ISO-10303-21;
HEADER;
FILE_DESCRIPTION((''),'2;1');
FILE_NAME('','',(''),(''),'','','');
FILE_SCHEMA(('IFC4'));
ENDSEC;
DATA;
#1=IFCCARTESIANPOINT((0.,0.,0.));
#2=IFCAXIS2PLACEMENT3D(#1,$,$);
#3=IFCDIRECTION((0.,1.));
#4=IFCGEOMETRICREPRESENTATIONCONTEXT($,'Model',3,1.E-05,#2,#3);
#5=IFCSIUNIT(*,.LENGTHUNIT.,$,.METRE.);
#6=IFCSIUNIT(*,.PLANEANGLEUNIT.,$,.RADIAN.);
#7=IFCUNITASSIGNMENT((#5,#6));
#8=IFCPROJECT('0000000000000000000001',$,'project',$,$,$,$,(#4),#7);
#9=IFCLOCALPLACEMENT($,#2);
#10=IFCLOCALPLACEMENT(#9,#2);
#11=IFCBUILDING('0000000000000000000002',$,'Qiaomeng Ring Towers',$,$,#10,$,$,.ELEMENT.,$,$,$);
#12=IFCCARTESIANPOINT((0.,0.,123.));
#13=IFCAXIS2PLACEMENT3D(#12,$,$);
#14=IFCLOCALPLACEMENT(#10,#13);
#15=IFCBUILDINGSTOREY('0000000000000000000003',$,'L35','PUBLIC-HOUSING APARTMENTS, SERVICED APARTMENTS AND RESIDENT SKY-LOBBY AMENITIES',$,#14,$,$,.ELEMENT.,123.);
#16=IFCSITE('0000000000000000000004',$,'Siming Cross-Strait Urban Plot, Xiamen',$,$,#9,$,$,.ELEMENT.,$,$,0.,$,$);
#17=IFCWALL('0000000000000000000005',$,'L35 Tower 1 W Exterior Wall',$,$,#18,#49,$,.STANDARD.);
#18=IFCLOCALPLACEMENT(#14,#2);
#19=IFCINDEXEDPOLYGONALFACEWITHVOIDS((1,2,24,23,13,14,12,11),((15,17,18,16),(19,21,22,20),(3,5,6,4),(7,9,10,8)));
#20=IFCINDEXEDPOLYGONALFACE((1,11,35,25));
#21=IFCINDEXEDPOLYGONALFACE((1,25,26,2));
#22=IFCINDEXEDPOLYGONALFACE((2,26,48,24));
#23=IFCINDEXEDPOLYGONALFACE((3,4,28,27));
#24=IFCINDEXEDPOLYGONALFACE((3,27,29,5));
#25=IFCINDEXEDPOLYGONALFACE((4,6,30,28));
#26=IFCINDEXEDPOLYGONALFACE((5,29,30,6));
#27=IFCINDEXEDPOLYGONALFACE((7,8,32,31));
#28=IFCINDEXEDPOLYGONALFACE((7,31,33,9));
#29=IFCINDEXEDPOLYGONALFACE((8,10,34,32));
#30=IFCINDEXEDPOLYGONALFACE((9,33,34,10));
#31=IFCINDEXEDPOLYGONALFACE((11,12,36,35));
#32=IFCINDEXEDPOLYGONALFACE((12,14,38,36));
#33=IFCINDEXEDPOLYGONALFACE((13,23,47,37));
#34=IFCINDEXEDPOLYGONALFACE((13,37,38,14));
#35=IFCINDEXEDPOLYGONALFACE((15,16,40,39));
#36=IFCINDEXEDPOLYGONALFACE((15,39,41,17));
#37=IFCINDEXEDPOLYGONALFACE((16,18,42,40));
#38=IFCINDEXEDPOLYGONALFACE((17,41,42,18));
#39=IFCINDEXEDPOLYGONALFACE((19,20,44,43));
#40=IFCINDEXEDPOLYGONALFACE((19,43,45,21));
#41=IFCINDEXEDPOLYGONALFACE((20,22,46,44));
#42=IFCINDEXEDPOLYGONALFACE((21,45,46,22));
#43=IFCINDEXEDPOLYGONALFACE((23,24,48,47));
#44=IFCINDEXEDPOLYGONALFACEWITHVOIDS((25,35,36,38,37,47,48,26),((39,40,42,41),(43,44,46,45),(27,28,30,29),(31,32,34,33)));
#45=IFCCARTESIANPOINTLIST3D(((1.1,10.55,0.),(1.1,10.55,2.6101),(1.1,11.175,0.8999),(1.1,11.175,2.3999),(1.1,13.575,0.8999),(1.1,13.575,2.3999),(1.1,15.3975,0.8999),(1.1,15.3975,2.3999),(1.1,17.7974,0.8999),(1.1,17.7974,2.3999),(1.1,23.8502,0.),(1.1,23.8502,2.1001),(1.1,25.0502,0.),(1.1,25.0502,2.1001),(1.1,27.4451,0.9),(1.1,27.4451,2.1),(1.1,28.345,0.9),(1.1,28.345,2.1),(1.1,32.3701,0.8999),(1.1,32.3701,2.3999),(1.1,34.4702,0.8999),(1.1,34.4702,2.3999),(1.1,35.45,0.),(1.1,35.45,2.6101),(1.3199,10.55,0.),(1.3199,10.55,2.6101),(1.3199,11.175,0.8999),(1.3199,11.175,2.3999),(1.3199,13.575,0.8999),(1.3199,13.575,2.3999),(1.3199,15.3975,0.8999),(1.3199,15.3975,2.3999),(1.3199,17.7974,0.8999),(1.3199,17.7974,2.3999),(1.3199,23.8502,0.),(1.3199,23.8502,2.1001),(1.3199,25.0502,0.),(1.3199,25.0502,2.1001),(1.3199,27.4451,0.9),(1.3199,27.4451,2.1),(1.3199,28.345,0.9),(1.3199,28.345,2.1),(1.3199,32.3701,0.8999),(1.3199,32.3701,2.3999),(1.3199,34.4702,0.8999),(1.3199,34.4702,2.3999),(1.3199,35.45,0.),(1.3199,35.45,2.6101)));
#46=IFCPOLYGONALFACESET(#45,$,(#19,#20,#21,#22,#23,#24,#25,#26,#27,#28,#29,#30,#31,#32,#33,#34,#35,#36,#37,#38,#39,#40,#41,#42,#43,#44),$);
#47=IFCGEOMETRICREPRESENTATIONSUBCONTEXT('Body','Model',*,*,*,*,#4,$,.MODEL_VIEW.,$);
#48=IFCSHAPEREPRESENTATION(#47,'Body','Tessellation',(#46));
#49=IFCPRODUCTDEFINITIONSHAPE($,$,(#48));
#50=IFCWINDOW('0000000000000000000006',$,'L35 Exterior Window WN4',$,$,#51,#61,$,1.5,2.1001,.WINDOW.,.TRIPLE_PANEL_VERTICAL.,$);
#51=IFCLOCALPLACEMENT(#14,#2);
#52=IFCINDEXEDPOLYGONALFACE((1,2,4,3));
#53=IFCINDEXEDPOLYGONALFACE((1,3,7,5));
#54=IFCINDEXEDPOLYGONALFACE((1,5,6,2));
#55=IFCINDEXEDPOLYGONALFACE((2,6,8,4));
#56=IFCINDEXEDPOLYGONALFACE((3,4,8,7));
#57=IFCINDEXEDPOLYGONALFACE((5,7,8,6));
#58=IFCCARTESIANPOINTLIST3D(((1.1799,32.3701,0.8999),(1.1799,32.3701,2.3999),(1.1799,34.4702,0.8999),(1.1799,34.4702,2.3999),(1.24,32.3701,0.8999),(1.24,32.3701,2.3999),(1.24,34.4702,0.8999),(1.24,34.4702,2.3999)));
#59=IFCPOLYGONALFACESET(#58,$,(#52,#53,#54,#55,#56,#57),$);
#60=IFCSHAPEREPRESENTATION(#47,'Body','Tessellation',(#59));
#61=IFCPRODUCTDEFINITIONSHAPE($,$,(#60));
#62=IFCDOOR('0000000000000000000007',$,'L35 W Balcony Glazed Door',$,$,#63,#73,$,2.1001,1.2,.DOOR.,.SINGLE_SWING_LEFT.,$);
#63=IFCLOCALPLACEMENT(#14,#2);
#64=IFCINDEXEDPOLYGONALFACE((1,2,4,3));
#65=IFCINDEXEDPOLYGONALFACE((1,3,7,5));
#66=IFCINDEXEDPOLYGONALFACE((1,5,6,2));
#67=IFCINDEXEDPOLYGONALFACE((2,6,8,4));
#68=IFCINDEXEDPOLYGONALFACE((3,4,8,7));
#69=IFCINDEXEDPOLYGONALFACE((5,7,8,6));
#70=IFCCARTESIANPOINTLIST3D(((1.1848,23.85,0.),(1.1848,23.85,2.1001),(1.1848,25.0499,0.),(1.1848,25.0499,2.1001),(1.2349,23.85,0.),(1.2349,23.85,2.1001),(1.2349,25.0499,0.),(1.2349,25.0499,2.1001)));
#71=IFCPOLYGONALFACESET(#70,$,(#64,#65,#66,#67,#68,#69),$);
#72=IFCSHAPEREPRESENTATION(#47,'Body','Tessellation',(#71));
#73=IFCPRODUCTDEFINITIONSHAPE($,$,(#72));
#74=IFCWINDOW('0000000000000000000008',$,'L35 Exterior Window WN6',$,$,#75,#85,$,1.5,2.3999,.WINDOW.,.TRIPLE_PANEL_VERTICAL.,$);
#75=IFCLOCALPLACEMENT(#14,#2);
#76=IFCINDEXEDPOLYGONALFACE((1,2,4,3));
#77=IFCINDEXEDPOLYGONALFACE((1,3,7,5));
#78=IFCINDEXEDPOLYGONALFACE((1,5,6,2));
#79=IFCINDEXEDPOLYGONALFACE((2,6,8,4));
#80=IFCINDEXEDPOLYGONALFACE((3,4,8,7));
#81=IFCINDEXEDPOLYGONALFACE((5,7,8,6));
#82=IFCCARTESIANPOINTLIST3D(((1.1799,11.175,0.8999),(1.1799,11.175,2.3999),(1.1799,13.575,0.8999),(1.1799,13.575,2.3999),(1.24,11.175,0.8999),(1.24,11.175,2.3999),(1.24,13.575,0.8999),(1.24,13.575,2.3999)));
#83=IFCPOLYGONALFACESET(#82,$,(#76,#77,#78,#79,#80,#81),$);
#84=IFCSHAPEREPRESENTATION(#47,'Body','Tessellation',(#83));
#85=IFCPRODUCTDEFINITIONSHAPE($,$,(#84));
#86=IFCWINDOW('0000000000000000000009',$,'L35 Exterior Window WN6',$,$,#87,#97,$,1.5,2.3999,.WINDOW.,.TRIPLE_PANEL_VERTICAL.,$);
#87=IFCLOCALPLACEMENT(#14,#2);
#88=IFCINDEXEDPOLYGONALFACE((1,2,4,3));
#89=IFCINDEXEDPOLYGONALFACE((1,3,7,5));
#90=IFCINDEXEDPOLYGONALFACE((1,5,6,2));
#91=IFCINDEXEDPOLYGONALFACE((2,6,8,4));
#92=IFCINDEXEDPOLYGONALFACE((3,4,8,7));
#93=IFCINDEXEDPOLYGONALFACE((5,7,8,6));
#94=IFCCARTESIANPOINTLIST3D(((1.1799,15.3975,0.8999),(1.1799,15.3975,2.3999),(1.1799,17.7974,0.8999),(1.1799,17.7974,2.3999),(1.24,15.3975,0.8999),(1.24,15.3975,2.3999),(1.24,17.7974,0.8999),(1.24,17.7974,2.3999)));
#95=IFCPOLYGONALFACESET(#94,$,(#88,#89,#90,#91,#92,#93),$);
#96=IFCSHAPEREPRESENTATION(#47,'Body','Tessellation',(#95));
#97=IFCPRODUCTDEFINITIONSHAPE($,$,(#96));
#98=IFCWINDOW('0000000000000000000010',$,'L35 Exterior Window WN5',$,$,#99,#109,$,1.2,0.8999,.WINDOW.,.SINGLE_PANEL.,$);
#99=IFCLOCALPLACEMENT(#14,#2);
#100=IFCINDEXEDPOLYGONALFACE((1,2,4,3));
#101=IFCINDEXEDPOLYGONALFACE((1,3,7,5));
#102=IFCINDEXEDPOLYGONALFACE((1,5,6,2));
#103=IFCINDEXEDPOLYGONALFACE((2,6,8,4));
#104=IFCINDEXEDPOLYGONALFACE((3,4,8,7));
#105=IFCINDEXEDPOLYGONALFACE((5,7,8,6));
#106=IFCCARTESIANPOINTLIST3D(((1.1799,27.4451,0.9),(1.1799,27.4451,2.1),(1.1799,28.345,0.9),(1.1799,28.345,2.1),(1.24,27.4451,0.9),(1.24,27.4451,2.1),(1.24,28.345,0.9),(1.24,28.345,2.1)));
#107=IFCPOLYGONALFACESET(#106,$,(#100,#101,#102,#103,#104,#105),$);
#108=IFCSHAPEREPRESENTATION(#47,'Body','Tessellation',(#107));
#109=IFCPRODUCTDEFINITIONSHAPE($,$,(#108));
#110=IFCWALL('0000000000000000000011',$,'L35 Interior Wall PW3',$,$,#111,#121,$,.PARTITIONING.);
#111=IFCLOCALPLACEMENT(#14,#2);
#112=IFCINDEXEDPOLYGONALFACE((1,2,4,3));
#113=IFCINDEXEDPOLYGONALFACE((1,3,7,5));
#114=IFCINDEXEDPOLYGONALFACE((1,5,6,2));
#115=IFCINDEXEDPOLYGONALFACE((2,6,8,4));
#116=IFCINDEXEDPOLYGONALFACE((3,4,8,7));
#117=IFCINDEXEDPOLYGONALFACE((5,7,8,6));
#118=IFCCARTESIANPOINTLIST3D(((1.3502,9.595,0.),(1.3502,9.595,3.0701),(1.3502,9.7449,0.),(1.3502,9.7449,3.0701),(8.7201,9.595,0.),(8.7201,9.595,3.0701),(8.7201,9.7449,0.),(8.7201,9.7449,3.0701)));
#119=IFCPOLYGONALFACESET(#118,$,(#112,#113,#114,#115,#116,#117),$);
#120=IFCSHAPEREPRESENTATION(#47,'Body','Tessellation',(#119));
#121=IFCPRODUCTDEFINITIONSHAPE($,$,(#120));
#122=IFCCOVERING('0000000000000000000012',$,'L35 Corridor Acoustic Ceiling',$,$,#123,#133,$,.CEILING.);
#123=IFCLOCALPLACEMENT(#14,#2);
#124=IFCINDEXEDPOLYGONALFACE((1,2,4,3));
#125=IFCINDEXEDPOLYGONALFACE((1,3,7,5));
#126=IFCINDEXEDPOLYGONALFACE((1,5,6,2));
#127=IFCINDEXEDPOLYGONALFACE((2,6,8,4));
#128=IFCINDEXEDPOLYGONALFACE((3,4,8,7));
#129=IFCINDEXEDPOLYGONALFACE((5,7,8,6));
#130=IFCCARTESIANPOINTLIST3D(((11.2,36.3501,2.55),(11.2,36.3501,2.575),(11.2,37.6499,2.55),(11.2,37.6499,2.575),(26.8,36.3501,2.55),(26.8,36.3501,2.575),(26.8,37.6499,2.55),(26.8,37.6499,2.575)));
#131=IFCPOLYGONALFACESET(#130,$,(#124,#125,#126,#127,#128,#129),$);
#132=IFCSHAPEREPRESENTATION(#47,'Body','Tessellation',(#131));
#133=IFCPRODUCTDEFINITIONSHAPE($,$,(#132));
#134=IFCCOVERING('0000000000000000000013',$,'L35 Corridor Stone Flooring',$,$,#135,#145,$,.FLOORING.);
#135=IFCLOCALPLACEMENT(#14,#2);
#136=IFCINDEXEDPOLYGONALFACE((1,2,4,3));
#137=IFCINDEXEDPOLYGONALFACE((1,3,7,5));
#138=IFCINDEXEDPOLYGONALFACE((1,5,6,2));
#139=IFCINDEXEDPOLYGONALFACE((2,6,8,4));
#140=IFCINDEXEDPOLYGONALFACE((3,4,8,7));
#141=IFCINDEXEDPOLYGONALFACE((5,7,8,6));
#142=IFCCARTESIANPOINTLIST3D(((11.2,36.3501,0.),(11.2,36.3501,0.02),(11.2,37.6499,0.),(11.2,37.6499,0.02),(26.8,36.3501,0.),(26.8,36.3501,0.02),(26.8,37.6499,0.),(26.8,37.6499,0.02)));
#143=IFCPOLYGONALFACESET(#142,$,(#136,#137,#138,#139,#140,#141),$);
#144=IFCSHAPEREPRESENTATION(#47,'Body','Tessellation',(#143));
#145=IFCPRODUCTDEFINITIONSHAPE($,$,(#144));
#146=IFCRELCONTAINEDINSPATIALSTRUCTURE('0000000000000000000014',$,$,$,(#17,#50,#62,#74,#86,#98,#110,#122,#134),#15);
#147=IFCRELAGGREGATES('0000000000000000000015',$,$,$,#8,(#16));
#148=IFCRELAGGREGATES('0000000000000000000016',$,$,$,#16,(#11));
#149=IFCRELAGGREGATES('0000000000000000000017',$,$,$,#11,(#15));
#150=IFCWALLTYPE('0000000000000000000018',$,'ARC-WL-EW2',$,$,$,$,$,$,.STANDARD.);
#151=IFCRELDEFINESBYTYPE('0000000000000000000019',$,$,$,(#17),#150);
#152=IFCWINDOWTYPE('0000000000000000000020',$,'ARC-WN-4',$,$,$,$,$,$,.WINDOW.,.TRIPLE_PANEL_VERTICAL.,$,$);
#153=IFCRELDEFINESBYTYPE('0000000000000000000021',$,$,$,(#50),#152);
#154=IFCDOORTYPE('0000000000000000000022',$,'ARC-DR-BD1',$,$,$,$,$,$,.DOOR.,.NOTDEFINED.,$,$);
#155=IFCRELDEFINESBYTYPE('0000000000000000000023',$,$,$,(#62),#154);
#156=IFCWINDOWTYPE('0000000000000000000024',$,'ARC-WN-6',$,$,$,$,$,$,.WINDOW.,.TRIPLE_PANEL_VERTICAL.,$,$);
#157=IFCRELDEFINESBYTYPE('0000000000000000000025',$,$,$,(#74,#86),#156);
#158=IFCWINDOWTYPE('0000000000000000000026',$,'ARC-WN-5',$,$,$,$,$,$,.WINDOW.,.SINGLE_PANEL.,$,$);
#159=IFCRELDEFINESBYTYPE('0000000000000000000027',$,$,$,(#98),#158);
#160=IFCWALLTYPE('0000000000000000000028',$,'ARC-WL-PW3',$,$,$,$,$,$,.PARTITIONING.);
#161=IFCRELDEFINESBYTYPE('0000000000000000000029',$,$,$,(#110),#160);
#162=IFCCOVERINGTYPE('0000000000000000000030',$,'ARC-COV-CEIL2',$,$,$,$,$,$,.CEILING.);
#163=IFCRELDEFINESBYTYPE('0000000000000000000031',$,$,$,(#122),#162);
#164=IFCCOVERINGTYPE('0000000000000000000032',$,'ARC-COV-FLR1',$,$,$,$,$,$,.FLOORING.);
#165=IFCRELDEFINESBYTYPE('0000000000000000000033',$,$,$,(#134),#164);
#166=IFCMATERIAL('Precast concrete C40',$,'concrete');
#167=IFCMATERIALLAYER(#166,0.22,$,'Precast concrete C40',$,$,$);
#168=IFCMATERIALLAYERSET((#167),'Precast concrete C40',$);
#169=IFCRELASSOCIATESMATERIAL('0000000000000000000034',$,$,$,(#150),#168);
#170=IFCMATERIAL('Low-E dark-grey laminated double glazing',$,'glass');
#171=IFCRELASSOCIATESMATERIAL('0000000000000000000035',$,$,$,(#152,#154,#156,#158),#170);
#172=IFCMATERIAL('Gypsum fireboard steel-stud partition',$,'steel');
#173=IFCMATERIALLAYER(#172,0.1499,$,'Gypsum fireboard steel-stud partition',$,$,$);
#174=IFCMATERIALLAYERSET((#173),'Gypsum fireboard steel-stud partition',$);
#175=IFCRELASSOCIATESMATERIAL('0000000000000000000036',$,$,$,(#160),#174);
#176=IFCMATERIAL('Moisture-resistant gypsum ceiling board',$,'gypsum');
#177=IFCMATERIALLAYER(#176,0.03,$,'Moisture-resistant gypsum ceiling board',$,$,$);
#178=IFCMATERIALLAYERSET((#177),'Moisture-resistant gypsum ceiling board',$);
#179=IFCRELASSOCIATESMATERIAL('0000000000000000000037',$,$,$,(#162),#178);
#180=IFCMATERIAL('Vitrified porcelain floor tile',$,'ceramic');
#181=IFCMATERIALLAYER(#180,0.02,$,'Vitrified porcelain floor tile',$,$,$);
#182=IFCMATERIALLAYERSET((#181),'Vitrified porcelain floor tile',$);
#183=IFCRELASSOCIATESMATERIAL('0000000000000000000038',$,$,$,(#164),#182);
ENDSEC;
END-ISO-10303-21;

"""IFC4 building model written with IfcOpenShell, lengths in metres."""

from ifc_helpers import new_model, si_unit, direction, frame, frame_2d, origin, place, context, subcontext, project, spatial, polyline, rectangle, outline, extrude, source, transform, mapped, material, layer, layer_set, type_object, element, fill, save


model = new_model("IFC4")

# Units and contexts
model_context = context("Model", 3, precision=1e-05, world=origin(), true_north=direction((0.0, 1.0)))
body_context = subcontext(model_context, "Body", "Model", "MODEL_VIEW")
ifc_project = project(units=[si_unit("LENGTHUNIT", "METRE"), si_unit("PLANEANGLEUNIT", "RADIAN")], contexts=[model_context])

# Site, building, storey
site_placement = place(None, origin())
site = spatial("IfcSite", under=ifc_project, at=site_placement, Name="Siming Cross-Strait Urban Plot, Xiamen", CompositionType="ELEMENT", RefElevation=0.0)
building_placement = place(site_placement, origin())
building = spatial("IfcBuilding", under=site, at=building_placement, Name="Qiaomeng Ring Towers", CompositionType="ELEMENT")
storey_placement = place(building_placement, frame((0.0, 0.0, 123.0)))
storey = spatial("IfcBuildingStorey", under=building, at=storey_placement, Name="L35", Description="PUBLIC-HOUSING APARTMENTS, SERVICED APARTMENTS AND RESIDENT SKY-LOBBY AMENITIES", CompositionType="ELEMENT", Elevation=123.0)

# Shared definitions
ifc_material_1 = material(Name="Precast concrete C40", Category="concrete")

# Wall, openings, windows, door
ifc_layer_1 = layer(ifc_material_1, 0.22, Name="Precast concrete C40")
ifc_layer_set_1 = layer_set([ifc_layer_1], Name="Precast concrete C40")
wall_type_1 = type_object("IfcWallType", Name="ARC-WL-EW2", PredefinedType="STANDARD", material=ifc_layer_set_1)
wall_1_placement = place(storey_placement, frame((1.21, 10.55, 0.0), z_axis=(0.0, 0.0, 1.0), x_axis=(0.0, 1.0, 0.0)))
wall_1 = element("IfcWall", 1, at=wall_1_placement, inside=storey, type_object=wall_type_1, Name="L35 Tower 1 W Exterior Wall", PredefinedType="STANDARD", context=body_context, shape_type="SweptSolid", body=[
    extrude(rectangle(XDim=24.8999, YDim=0.22, at=frame_2d((12.45, 0.0))), origin(), (0.0, 0.0, 1.0), 2.6101),
])
opening_1_placement = place(wall_1_placement, frame((13.3, 0.0, 0.0)))
opening_1 = element("IfcOpeningElement", 2, at=opening_1_placement, cuts=wall_1, PredefinedType="OPENING", context=body_context, shape_type="SweptSolid", body=[
    extrude(rectangle(XDim=1.2, YDim=2.1001, at=frame_2d((0.6001, 1.05))), frame((0.0, 0.1199, 0.0), z_axis=(0.0, -1.0, 0.0), x_axis=(1.0, 0.0, 0.0)), (0.0, 0.0, 1.0), 0.24),
])
opening_2_placement = place(wall_1_placement, frame((0.625, 0.0, 0.8999)))
opening_2 = element("IfcOpeningElement", 3, at=opening_2_placement, cuts=wall_1, PredefinedType="OPENING", context=body_context, shape_type="SweptSolid", body=[
    extrude(rectangle(XDim=2.3999, YDim=1.5, at=frame_2d((1.2, 0.75))), frame((0.0, 0.1199, 0.0), z_axis=(0.0, -1.0, 0.0), x_axis=(1.0, 0.0, 0.0)), (0.0, 0.0, 1.0), 0.24),
])
opening_3_placement = place(wall_1_placement, frame((21.8201, 0.0, 0.8999)))
opening_3 = element("IfcOpeningElement", 4, at=opening_3_placement, cuts=wall_1, PredefinedType="OPENING", context=body_context, shape_type="SweptSolid", body=[
    extrude(rectangle(XDim=2.1001, YDim=1.5, at=frame_2d((1.05, 0.75))), frame((0.0, 0.1199, 0.0), z_axis=(0.0, -1.0, 0.0), x_axis=(1.0, 0.0, 0.0)), (0.0, 0.0, 1.0), 0.24),
])
opening_4_placement = place(wall_1_placement, frame((4.8474, 0.0, 0.8999)))
opening_4 = element("IfcOpeningElement", 5, at=opening_4_placement, cuts=wall_1, PredefinedType="OPENING", context=body_context, shape_type="SweptSolid", body=[
    extrude(rectangle(XDim=2.3999, YDim=1.5, at=frame_2d((1.2, 0.75))), frame((0.0, 0.1199, 0.0), z_axis=(0.0, -1.0, 0.0), x_axis=(1.0, 0.0, 0.0)), (0.0, 0.0, 1.0), 0.24),
])
opening_5_placement = place(wall_1_placement, frame((16.895, 0.0, 0.8999)))
opening_5 = element("IfcOpeningElement", 6, at=opening_5_placement, cuts=wall_1, PredefinedType="OPENING", context=body_context, shape_type="SweptSolid", body=[
    extrude(rectangle(XDim=0.8999, YDim=1.2, at=frame_2d((0.45, 0.6001))), frame((0.0, 0.1199, 0.0), z_axis=(0.0, -1.0, 0.0), x_axis=(1.0, 0.0, 0.0)), (0.0, 0.0, 1.0), 0.24),
])
ifc_material_2 = material(Name="Low-E dark-grey laminated double glazing", Category="glass")
window_type_1 = type_object("IfcWindowType", Name="ARC-WN-4", PartitioningType="TRIPLE_PANEL_VERTICAL", PredefinedType="WINDOW", material=ifc_material_2)
shared_shape_1 = source(origin(), body_context, "Body", "SweptSolid", [
    extrude(rectangle(XDim=2.1001, YDim=1.5, at=frame_2d((1.05, 0.75))), frame((0.0, 0.03, 0.0), z_axis=(0.0, -1.0, 0.0), x_axis=(1.0, 0.0, 0.0)), (0.0, 0.0, 1.0), 0.0601),
])
window_1_placement = place(opening_3_placement, origin())
window_1 = element("IfcWindow", 7, at=window_1_placement, inside=storey, type_object=window_type_1, Name="L35 Exterior Window WN4", OverallHeight=1.5, OverallWidth=2.1001, PartitioningType="TRIPLE_PANEL_VERTICAL", PredefinedType="WINDOW", context=body_context, shape_type="MappedRepresentation", body=[
    mapped(shared_shape_1, transform((0.0, 0.0, 0.0), x_axis=(1.0, 0.0, 0.0), y_axis=(0.0, 1.0, 0.0), z_axis=(0.0, 0.0, 1.0), scale=1.0)),
])
fill(opening_3, window_1)
door_type = type_object("IfcDoorType", Name="ARC-DR-BD1", OperationType="NOTDEFINED", PredefinedType="DOOR", material=ifc_material_2)
shared_shape_2 = source(origin(), body_context, "Body", "SweptSolid", [
    extrude(rectangle(XDim=1.2, YDim=2.1001, at=frame_2d((0.6001, 1.05))), frame((0.0, 0.0249, 0.0), z_axis=(0.0, -1.0, 0.0), x_axis=(1.0, 0.0, 0.0)), (0.0, 0.0, 1.0), 0.05),
])
door_placement = place(opening_1_placement, frame((1.2, 0.0, 0.0), z_axis=(0.0, 0.0, 1.0), x_axis=(-1.0, 0.0, 0.0)))
door = element("IfcDoor", 8, at=door_placement, inside=storey, type_object=door_type, Name="L35 W Balcony Glazed Door", OperationType="SINGLE_SWING_LEFT", OverallHeight=2.1001, OverallWidth=1.2, PredefinedType="DOOR", context=body_context, shape_type="MappedRepresentation", body=[
    mapped(shared_shape_2, transform((0.0, 0.0, 0.0), x_axis=(1.0, 0.0, 0.0), y_axis=(0.0, 1.0, 0.0), z_axis=(0.0, 0.0, 1.0), scale=1.0)),
])
fill(opening_1, door)
window_type_2 = type_object("IfcWindowType", Name="ARC-WN-6", PartitioningType="TRIPLE_PANEL_VERTICAL", PredefinedType="WINDOW", material=ifc_material_2)
shared_shape_3 = source(origin(), body_context, "Body", "SweptSolid", [
    extrude(rectangle(XDim=2.3999, YDim=1.5, at=frame_2d((1.2, 0.75))), frame((0.0, 0.03, 0.0), z_axis=(0.0, -1.0, 0.0), x_axis=(1.0, 0.0, 0.0)), (0.0, 0.0, 1.0), 0.0601),
])
window_2_placement = place(opening_2_placement, origin())
window_2 = element("IfcWindow", 9, at=window_2_placement, inside=storey, type_object=window_type_2, Name="L35 Exterior Window WN6", OverallHeight=1.5, OverallWidth=2.3999, PartitioningType="TRIPLE_PANEL_VERTICAL", PredefinedType="WINDOW", context=body_context, shape_type="MappedRepresentation", body=[
    mapped(shared_shape_3, transform((0.0, 0.0, 0.0), x_axis=(1.0, 0.0, 0.0), y_axis=(0.0, 1.0, 0.0), z_axis=(0.0, 0.0, 1.0), scale=1.0)),
])
fill(opening_2, window_2)
window_3_placement = place(opening_4_placement, origin())
window_3 = element("IfcWindow", 10, at=window_3_placement, inside=storey, type_object=window_type_2, Name="L35 Exterior Window WN6", OverallHeight=1.5, OverallWidth=2.3999, PartitioningType="TRIPLE_PANEL_VERTICAL", PredefinedType="WINDOW", context=body_context, shape_type="MappedRepresentation", body=[
    mapped(shared_shape_3, transform((0.0, 0.0, 0.0), x_axis=(1.0, 0.0, 0.0), y_axis=(0.0, 1.0, 0.0), z_axis=(0.0, 0.0, 1.0), scale=1.0)),
])
fill(opening_4, window_3)
window_type_3 = type_object("IfcWindowType", Name="ARC-WN-5", PartitioningType="SINGLE_PANEL", PredefinedType="WINDOW", material=ifc_material_2)
shared_shape_4 = source(origin(), body_context, "Body", "SweptSolid", [
    extrude(rectangle(XDim=0.8999, YDim=1.2, at=frame_2d((0.45, 0.6001))), frame((0.0, 0.03, 0.0), z_axis=(0.0, -1.0, 0.0), x_axis=(1.0, 0.0, 0.0)), (0.0, 0.0, 1.0), 0.0601),
])
window_4_placement = place(opening_5_placement, origin())
window_4 = element("IfcWindow", 11, at=window_4_placement, inside=storey, type_object=window_type_3, Name="L35 Exterior Window WN5", OverallHeight=1.2, OverallWidth=0.8999, PartitioningType="SINGLE_PANEL", PredefinedType="WINDOW", context=body_context, shape_type="MappedRepresentation", body=[
    mapped(shared_shape_4, transform((0.0, 0.0, 0.0), x_axis=(1.0, 0.0, 0.0), y_axis=(0.0, 1.0, 0.0), z_axis=(0.0, 0.0, 1.0), scale=1.0)),
])
fill(opening_5, window_4)

# Wall
ifc_material_3 = material(Name="Gypsum fireboard steel-stud partition", Category="steel")
ifc_layer_2 = layer(ifc_material_3, 0.1499, Name="Gypsum fireboard steel-stud partition")
ifc_layer_set_2 = layer_set([ifc_layer_2], Name="Gypsum fireboard steel-stud partition")
wall_type_2 = type_object("IfcWallType", Name="ARC-WL-PW3", PredefinedType="PARTITIONING", material=ifc_layer_set_2)
wall_2_placement = place(storey_placement, frame((1.3501, 9.6699, 0.0), z_axis=(0.0, 0.0, 1.0), x_axis=(1.0, 0.0, 0.0)))
element("IfcWall", 12, at=wall_2_placement, inside=storey, type_object=wall_type_2, Name="L35 Interior Wall PW3", PredefinedType="PARTITIONING", context=body_context, shape_type="SweptSolid", body=[
    extrude(rectangle(XDim=7.3699, YDim=0.1499, at=frame_2d((3.6851, 0.0))), origin(), (0.0, 0.0, 1.0), 3.0701),
])

# Coverings
ifc_material_4 = material(Name="Moisture-resistant gypsum ceiling board", Category="gypsum")
ifc_layer_3 = layer(ifc_material_4, 0.03, Name="Moisture-resistant gypsum ceiling board")
ifc_layer_set_3 = layer_set([ifc_layer_3], Name="Moisture-resistant gypsum ceiling board")
covering_type_1 = type_object("IfcCoveringType", Name="ARC-COV-CEIL2", PredefinedType="CEILING", material=ifc_layer_set_3)
covering_1_placement = place(storey_placement, frame((0.0, 0.0, 2.55)))
element("IfcCovering", 13, at=covering_1_placement, inside=storey, type_object=covering_type_1, Name="L35 Corridor Acoustic Ceiling", PredefinedType="CEILING", context=body_context, shape_type="SweptSolid", body=[
    extrude(outline(polyline([(11.2, 36.3501), (11.2, 37.6499), (26.8, 37.6499), (26.8, 36.3501), (11.2, 36.3501)])), origin(), (0.0, 0.0, 1.0), 0.0249),
])
ifc_material_5 = material(Name="Vitrified porcelain floor tile", Category="ceramic")
ifc_layer_4 = layer(ifc_material_5, 0.02, Name="Vitrified porcelain floor tile")
ifc_layer_set_4 = layer_set([ifc_layer_4], Name="Vitrified porcelain floor tile")
covering_type_2 = type_object("IfcCoveringType", Name="ARC-COV-FLR1", PredefinedType="FLOORING", material=ifc_layer_set_4)
covering_2_placement = place(storey_placement, origin())
element("IfcCovering", 14, at=covering_2_placement, inside=storey, type_object=covering_type_2, Name="L35 Corridor Stone Flooring", PredefinedType="FLOORING", context=body_context, shape_type="SweptSolid", body=[
    extrude(outline(polyline([(11.2, 36.3501), (11.2, 37.6499), (26.8, 37.6499), (26.8, 36.3501), (11.2, 36.3501)])), origin(), (0.0, 0.0, 1.0), 0.02),
])

save(model, "model.ifc")
